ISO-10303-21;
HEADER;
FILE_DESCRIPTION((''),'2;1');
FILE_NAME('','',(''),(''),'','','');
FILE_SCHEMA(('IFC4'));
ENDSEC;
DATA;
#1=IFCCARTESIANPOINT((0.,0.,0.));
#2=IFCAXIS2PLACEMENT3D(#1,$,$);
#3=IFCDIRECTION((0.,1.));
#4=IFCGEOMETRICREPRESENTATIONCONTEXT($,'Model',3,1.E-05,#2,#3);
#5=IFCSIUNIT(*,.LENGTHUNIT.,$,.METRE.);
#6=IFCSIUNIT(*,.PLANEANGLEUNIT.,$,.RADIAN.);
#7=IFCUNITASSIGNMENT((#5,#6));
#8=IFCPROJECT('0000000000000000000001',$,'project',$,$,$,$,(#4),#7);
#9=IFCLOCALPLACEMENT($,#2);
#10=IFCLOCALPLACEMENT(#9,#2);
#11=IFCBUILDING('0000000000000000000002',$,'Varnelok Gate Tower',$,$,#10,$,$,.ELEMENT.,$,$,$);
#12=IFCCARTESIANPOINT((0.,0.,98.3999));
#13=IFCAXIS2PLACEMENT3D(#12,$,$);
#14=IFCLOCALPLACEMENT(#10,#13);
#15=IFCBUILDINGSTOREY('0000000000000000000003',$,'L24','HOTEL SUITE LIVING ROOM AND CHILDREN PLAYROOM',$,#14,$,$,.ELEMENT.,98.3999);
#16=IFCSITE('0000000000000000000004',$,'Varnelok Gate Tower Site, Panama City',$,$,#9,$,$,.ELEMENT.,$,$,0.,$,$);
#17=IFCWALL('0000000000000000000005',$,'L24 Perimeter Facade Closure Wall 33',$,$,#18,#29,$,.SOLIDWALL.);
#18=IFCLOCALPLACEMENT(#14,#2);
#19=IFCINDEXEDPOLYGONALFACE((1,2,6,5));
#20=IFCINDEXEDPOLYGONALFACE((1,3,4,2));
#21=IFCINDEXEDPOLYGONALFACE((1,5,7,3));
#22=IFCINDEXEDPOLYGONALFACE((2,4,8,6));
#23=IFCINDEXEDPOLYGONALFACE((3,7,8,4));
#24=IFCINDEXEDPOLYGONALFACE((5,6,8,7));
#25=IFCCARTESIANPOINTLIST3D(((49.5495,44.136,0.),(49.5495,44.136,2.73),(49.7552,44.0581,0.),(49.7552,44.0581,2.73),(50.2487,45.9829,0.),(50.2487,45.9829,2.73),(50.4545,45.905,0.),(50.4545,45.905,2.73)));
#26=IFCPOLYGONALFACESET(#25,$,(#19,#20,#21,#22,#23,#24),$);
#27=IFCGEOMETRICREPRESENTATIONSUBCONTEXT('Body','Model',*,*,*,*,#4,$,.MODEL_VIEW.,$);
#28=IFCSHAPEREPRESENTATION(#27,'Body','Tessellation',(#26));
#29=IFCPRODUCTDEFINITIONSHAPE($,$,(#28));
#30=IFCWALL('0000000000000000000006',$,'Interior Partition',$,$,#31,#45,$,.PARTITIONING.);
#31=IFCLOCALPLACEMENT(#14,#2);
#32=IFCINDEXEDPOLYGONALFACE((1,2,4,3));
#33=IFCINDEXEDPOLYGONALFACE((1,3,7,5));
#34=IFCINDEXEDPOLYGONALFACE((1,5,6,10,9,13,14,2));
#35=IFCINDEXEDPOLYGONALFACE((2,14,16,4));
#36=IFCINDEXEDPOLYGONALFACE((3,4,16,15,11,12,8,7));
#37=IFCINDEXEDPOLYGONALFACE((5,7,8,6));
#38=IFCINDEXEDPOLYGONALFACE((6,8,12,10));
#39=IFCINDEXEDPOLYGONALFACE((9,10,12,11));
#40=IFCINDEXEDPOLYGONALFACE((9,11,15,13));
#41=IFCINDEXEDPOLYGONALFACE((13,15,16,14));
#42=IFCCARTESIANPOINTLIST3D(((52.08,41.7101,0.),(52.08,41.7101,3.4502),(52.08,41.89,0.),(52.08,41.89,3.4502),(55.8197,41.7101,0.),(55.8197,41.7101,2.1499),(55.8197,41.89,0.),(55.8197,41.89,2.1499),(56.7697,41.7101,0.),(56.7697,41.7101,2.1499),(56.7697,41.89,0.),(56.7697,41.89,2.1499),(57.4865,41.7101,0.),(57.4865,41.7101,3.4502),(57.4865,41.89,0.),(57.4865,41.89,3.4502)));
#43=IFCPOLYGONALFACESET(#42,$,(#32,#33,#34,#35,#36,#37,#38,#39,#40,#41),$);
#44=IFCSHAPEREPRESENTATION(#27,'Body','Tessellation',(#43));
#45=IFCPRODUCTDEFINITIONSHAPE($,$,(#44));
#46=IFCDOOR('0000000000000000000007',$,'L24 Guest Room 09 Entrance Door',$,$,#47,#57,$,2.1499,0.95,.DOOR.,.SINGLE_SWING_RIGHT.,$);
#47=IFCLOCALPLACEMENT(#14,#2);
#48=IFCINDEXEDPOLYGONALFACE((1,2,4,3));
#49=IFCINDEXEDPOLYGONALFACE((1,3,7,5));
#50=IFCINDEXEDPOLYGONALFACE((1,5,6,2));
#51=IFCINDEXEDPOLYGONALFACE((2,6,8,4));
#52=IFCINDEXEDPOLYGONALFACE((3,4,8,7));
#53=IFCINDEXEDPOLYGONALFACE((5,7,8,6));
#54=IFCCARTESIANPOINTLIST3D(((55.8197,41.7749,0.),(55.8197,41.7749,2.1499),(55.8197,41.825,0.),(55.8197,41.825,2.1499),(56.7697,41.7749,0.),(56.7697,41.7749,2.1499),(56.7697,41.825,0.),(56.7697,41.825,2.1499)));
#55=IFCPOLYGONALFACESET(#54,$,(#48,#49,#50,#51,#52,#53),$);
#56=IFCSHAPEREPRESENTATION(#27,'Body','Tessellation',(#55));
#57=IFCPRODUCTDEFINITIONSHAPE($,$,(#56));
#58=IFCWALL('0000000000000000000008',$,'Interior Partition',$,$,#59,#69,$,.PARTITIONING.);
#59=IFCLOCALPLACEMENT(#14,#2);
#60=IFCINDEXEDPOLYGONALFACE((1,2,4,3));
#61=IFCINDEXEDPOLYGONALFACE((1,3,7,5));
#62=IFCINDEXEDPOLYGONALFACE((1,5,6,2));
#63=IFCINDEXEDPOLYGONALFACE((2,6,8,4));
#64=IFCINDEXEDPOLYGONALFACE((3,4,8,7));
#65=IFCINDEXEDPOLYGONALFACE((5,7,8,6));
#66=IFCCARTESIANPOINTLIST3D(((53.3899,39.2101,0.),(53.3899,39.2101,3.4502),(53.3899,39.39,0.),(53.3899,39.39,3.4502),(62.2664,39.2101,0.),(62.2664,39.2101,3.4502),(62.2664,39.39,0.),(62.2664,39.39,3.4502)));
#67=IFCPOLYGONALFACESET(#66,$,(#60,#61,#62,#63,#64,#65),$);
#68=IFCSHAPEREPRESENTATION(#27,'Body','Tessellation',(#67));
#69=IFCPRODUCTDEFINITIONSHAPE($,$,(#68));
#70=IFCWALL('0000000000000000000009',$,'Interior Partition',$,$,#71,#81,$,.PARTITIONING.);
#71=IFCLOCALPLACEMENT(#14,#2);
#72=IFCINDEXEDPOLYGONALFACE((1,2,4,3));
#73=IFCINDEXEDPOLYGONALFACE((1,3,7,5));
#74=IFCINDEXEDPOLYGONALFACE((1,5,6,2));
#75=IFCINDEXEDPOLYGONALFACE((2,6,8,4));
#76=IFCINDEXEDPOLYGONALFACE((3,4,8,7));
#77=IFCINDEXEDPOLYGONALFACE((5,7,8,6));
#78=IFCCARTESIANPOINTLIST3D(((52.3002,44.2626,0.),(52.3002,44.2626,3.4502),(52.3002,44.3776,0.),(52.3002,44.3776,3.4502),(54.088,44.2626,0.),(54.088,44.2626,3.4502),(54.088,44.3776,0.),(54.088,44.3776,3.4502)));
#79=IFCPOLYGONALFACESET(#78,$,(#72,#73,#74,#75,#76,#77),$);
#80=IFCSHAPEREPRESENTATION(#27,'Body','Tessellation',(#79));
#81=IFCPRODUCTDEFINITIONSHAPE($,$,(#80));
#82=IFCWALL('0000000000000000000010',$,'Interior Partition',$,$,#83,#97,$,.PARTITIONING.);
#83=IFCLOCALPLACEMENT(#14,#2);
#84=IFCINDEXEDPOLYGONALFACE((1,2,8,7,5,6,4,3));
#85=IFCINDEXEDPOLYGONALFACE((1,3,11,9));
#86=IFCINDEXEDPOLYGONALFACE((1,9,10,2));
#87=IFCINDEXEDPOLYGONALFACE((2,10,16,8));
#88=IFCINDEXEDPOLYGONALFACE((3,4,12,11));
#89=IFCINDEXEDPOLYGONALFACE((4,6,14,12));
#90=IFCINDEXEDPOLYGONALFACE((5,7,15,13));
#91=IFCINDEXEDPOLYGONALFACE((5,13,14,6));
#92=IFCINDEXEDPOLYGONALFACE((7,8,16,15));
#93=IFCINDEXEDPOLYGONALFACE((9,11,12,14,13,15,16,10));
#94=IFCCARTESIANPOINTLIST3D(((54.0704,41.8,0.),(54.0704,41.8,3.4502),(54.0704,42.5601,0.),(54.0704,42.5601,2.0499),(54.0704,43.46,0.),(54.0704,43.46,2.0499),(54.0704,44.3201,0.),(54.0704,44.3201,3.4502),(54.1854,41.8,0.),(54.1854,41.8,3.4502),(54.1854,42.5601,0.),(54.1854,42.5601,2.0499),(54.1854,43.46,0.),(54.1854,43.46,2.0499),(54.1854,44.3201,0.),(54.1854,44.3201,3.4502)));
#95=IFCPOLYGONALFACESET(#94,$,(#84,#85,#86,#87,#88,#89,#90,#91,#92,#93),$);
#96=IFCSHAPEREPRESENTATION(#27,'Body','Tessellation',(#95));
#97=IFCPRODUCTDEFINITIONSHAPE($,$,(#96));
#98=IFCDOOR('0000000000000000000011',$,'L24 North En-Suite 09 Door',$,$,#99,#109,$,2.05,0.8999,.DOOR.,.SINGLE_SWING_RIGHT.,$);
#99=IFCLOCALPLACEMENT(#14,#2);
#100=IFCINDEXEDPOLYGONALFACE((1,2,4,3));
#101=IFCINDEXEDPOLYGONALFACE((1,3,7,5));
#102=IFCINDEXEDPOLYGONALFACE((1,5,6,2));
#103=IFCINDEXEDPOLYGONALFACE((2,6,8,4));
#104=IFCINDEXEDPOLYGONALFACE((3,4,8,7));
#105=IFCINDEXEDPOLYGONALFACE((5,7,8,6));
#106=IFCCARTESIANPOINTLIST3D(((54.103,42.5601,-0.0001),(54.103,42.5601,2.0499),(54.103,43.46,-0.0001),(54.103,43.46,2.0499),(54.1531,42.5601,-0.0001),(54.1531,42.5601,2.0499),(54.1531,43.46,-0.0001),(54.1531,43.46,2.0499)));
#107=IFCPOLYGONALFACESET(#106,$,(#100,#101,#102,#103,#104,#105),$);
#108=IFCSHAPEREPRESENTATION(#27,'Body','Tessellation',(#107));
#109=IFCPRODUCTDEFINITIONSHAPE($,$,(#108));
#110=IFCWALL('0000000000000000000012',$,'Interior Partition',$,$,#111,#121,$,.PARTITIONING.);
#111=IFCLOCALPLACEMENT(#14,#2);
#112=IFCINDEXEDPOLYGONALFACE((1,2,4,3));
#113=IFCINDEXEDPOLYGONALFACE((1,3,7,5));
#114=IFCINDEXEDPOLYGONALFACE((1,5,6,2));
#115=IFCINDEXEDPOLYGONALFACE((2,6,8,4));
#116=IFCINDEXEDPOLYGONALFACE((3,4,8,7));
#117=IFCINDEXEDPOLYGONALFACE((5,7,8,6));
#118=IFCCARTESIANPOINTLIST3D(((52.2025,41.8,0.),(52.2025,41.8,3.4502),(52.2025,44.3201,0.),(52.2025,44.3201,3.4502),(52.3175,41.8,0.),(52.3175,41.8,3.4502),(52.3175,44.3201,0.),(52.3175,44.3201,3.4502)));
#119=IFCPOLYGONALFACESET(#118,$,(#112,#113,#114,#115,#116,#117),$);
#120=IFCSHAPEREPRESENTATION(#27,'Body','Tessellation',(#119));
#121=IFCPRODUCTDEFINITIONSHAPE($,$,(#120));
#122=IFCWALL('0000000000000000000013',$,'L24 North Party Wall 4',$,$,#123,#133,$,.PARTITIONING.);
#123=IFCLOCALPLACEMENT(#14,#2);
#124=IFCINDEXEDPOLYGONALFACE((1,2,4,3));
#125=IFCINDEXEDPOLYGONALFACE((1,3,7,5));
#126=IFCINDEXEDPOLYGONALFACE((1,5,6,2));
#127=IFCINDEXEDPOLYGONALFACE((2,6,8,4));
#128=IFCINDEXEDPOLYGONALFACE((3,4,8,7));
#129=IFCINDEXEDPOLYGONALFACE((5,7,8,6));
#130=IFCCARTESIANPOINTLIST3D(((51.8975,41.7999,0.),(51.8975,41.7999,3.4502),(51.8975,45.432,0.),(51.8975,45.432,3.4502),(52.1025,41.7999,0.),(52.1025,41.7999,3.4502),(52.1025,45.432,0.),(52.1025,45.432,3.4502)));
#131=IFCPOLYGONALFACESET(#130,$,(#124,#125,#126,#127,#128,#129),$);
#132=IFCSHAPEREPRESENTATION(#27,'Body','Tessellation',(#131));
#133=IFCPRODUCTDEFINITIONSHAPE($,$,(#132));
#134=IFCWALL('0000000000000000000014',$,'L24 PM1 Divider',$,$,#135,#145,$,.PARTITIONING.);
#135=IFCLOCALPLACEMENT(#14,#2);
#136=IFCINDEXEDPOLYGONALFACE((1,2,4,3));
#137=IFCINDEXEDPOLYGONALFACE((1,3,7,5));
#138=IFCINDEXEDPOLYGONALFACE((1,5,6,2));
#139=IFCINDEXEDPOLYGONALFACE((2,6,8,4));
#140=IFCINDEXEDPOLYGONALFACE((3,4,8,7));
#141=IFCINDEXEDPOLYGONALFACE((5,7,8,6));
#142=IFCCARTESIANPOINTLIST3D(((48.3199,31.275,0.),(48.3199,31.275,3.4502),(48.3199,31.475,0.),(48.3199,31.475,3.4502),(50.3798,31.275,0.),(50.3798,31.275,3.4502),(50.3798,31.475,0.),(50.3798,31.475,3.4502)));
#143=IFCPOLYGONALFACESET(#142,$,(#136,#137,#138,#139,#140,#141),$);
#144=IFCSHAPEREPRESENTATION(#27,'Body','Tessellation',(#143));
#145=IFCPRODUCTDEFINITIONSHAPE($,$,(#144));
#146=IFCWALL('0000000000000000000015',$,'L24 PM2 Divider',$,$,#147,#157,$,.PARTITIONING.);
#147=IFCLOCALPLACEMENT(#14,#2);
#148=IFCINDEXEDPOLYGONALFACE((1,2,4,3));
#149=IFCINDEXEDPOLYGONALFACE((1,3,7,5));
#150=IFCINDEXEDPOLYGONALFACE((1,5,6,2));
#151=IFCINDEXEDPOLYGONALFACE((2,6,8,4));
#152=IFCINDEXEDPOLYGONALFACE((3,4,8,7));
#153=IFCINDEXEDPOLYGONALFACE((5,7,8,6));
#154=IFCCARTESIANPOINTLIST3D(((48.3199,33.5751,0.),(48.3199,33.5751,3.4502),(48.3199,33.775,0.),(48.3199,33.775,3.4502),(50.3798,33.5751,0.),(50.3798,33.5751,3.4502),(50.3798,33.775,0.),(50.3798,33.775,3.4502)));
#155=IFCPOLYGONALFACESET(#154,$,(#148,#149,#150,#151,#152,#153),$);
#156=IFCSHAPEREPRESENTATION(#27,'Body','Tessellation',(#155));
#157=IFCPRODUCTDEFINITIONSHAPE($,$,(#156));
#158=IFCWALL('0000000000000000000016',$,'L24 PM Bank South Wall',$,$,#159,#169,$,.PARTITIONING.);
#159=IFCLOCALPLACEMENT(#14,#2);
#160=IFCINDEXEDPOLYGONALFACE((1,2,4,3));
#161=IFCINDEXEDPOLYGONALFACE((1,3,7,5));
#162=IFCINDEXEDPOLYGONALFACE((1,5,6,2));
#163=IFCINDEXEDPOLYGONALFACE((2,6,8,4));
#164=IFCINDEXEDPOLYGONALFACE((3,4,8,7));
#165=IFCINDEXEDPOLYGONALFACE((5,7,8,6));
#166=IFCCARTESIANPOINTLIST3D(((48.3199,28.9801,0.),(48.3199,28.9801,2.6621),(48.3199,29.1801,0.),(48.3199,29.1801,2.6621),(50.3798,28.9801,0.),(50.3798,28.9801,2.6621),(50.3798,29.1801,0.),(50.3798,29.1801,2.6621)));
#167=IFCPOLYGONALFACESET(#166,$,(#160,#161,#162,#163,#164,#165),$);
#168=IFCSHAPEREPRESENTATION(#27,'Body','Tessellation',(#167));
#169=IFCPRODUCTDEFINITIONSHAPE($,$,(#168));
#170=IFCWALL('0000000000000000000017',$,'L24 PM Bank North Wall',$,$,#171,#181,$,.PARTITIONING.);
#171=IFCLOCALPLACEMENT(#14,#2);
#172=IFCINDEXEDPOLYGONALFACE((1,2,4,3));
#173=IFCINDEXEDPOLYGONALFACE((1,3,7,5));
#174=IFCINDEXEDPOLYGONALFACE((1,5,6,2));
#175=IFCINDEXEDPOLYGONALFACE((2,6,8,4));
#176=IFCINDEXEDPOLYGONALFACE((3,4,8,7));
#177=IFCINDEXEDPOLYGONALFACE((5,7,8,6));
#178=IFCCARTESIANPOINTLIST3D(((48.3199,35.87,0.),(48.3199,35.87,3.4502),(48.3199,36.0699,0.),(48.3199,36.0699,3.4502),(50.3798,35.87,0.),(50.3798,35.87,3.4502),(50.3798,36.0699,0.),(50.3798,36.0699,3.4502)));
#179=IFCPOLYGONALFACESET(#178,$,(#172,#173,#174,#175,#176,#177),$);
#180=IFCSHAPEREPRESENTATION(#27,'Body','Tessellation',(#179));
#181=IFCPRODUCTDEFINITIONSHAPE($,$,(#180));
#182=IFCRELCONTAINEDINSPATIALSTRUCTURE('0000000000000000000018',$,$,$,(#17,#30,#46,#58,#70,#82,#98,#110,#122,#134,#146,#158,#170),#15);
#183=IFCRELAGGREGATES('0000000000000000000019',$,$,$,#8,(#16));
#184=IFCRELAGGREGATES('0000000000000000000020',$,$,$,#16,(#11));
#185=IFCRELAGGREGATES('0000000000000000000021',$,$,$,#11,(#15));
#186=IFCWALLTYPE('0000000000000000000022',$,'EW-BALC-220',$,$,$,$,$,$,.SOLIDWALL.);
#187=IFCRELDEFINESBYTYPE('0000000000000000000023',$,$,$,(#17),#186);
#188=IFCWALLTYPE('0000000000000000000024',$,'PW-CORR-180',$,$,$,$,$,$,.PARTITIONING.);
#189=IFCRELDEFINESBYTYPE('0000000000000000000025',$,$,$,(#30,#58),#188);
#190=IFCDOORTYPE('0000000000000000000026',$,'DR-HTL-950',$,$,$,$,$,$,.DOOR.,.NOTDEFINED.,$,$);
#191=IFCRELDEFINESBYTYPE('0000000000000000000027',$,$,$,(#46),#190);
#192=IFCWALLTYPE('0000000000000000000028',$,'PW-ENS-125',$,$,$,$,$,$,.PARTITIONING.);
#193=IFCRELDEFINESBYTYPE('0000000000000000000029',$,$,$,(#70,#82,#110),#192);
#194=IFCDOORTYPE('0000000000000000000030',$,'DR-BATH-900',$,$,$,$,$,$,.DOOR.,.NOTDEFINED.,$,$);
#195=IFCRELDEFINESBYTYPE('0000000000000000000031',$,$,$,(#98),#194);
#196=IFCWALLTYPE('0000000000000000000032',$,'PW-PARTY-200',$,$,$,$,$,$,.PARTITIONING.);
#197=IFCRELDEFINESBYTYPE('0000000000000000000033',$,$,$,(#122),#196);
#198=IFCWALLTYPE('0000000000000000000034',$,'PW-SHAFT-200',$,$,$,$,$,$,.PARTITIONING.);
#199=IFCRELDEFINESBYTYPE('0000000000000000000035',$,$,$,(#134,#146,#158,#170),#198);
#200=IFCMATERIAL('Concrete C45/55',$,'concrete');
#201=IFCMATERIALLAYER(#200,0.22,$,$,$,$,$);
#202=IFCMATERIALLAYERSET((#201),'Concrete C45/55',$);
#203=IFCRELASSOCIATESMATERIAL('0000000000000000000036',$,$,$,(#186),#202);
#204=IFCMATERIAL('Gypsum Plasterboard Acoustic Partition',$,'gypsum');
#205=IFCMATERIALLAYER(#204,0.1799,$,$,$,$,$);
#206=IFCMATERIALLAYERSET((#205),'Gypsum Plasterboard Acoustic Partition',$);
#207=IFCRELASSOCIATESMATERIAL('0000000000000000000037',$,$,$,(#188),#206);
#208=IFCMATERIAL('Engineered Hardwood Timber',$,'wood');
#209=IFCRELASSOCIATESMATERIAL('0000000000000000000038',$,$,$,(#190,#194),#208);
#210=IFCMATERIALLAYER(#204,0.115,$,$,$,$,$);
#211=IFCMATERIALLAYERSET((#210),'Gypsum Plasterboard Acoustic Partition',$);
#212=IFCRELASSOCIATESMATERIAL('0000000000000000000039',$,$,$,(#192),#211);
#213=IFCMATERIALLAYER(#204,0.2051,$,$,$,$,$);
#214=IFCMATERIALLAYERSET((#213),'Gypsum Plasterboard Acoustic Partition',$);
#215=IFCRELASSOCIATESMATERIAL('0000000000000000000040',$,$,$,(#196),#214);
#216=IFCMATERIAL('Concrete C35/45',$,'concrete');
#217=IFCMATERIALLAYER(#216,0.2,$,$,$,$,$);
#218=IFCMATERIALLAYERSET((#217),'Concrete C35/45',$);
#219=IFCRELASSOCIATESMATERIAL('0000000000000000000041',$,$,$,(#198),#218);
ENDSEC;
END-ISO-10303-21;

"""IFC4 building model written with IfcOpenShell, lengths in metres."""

from ifc_helpers import new_model, si_unit, direction, frame, frame_2d, origin, place, context, subcontext, project, spatial, rectangle, extrude, material, layer, layer_set, type_object, element, fill, save


model = new_model("IFC4")

# Units and contexts
model_context = context("Model", 3, precision=1e-05, world=origin(), true_north=direction((0.0, 1.0)))
body_context = subcontext(model_context, "Body", "Model", "MODEL_VIEW")
ifc_project = project(units=[si_unit("LENGTHUNIT", "METRE"), si_unit("PLANEANGLEUNIT", "RADIAN")], contexts=[model_context])

# Site, building, storey
site_placement = place(None, origin())
site = spatial("IfcSite", under=ifc_project, at=site_placement, Name="Varnelok Gate Tower Site, Panama City", CompositionType="ELEMENT", RefElevation=0.0)
building_placement = place(site_placement, origin())
building = spatial("IfcBuilding", under=site, at=building_placement, Name="Varnelok Gate Tower", CompositionType="ELEMENT")
storey_placement = place(building_placement, frame((0.0, 0.0, 98.3999)))
storey = spatial("IfcBuildingStorey", under=building, at=storey_placement, Name="L24", Description="HOTEL SUITE LIVING ROOM AND CHILDREN PLAYROOM", CompositionType="ELEMENT", Elevation=98.3999)

# Wall
ifc_material_1 = material(Name="Concrete C45/55", Category="concrete")
ifc_layer_1 = layer(ifc_material_1, 0.22)
ifc_layer_set_1 = layer_set([ifc_layer_1], Name="Concrete C45/55")
wall_type_1 = type_object("IfcWallType", Name="EW-BALC-220", PredefinedType="SOLIDWALL", material=ifc_layer_set_1)
wall_1_placement = place(storey_placement, frame((50.3516, 45.9438, 0.0), z_axis=(0.0, 0.0, 1.0), x_axis=(-0.354062, -0.935222, 0.0)))
element("IfcWall", 1, at=wall_1_placement, inside=storey, type_object=wall_type_1, Name="L24 Perimeter Facade Closure Wall 33", PredefinedType="SOLIDWALL", context=body_context, shape_type="SweptSolid", body=[
    extrude(rectangle(XDim=1.9749, YDim=0.22, at=frame_2d((0.9873, 0.0))), origin(), (0.0, 0.0, 1.0), 2.73),
])

# Wall, opening, door
ifc_material_2 = material(Name="Gypsum Plasterboard Acoustic Partition", Category="gypsum")
ifc_layer_2 = layer(ifc_material_2, 0.1799)
ifc_layer_set_2 = layer_set([ifc_layer_2], Name="Gypsum Plasterboard Acoustic Partition")
wall_type_2 = type_object("IfcWallType", Name="PW-CORR-180", PredefinedType="PARTITIONING", material=ifc_layer_set_2)
wall_2_placement = place(storey_placement, frame((52.0801, 41.8, 0.0), z_axis=(0.0, 0.0, 1.0), x_axis=(1.0, 0.0, 0.0)))
wall_2 = element("IfcWall", 2, at=wall_2_placement, inside=storey, type_object=wall_type_2, Name="Interior Partition", PredefinedType="PARTITIONING", context=body_context, shape_type="SweptSolid", body=[
    extrude(rectangle(XDim=5.4065, YDim=0.1799, at=frame_2d((2.7031, 0.0))), origin(), (0.0, 0.0, 1.0), 3.4502),
])
opening_1_placement = place(wall_2_placement, frame((3.7395, 0.0, 0.0)))
opening_1 = element("IfcOpeningElement", 3, at=opening_1_placement, cuts=wall_2, PredefinedType="OPENING", context=body_context, shape_type="SweptSolid", body=[
    extrude(rectangle(XDim=0.95, YDim=2.1499, at=frame_2d((0.4751, 1.075))), frame((0.0, 0.0999, 0.0), z_axis=(0.0, -1.0, 0.0), x_axis=(1.0, 0.0, 0.0)), (0.0, 0.0, 1.0), 0.2),
])
ifc_material_3 = material(Name="Engineered Hardwood Timber", Category="wood")
door_type_1 = type_object("IfcDoorType", Name="DR-HTL-950", OperationType="NOTDEFINED", PredefinedType="DOOR", material=ifc_material_3)
door_1_placement = place(opening_1_placement, origin())
door_1 = element("IfcDoor", 4, at=door_1_placement, inside=storey, type_object=door_type_1, Name="L24 Guest Room 09 Entrance Door", OperationType="SINGLE_SWING_RIGHT", OverallHeight=2.1499, OverallWidth=0.95, PredefinedType="DOOR", context=body_context, shape_type="SweptSolid", body=[
    extrude(rectangle(XDim=0.95, YDim=2.1499, at=frame_2d((0.4751, 1.075))), frame((0.0, 0.0249, 0.0), z_axis=(0.0, -1.0, 0.0), x_axis=(1.0, 0.0, 0.0)), (0.0, 0.0, 1.0), 0.05),
])
fill(opening_1, door_1)

# Walls
wall_3_placement = place(storey_placement, frame((53.3899, 39.3, 0.0), z_axis=(0.0, 0.0, 1.0), x_axis=(1.0, 0.0, 0.0)))
element("IfcWall", 5, at=wall_3_placement, inside=storey, type_object=wall_type_2, Name="Interior Partition", PredefinedType="PARTITIONING", context=body_context, shape_type="SweptSolid", body=[
    extrude(rectangle(XDim=8.8765, YDim=0.1799, at=frame_2d((4.4382, 0.0))), origin(), (0.0, 0.0, 1.0), 3.4502),
])
ifc_layer_3 = layer(ifc_material_2, 0.115)
ifc_layer_set_3 = layer_set([ifc_layer_3], Name="Gypsum Plasterboard Acoustic Partition")
wall_type_3 = type_object("IfcWallType", Name="PW-ENS-125", PredefinedType="PARTITIONING", material=ifc_layer_set_3)
wall_4_placement = place(storey_placement, frame((52.3, 44.3201, 0.0), z_axis=(0.0, 0.0, 1.0), x_axis=(1.0, 0.0, 0.0)))
element("IfcWall", 6, at=wall_4_placement, inside=storey, type_object=wall_type_3, Name="Interior Partition", PredefinedType="PARTITIONING", context=body_context, shape_type="SweptSolid", body=[
    extrude(rectangle(XDim=1.7878, YDim=0.115, at=frame_2d((0.894, 0.0))), origin(), (0.0, 0.0, 1.0), 3.4502),
])

# Wall, opening, door
wall_5_placement = place(storey_placement, frame((54.1279, 41.8, 0.0), z_axis=(0.0, 0.0, 1.0), x_axis=(0.0, 1.0, 0.0)))
wall_5 = element("IfcWall", 7, at=wall_5_placement, inside=storey, type_object=wall_type_3, Name="Interior Partition", PredefinedType="PARTITIONING", context=body_context, shape_type="SweptSolid", body=[
    extrude(rectangle(XDim=2.52, YDim=0.115, at=frame_2d((1.26, 0.0))), origin(), (0.0, 0.0, 1.0), 3.4502),
])
opening_2_placement = place(wall_5_placement, frame((0.76, 0.0, 0.0)))
opening_2 = element("IfcOpeningElement", 8, at=opening_2_placement, cuts=wall_5, PredefinedType="OPENING", context=body_context, shape_type="SweptSolid", body=[
    extrude(rectangle(XDim=0.8999, YDim=2.05, at=frame_2d((0.45, 1.0249))), frame((0.0, 0.0674, 0.0), z_axis=(0.0, -1.0, 0.0), x_axis=(1.0, 0.0, 0.0)), (0.0, 0.0, 1.0), 0.135),
])
door_type_2 = type_object("IfcDoorType", Name="DR-BATH-900", OperationType="NOTDEFINED", PredefinedType="DOOR", material=ifc_material_3)
door_2_placement = place(opening_2_placement, origin())
door_2 = element("IfcDoor", 9, at=door_2_placement, inside=storey, type_object=door_type_2, Name="L24 North En-Suite 09 Door", OperationType="SINGLE_SWING_RIGHT", OverallHeight=2.05, OverallWidth=0.8999, PredefinedType="DOOR", context=body_context, shape_type="SweptSolid", body=[
    extrude(rectangle(XDim=0.8999, YDim=2.05, at=frame_2d((0.45, 1.0249))), frame((0.0, 0.0249, 0.0), z_axis=(0.0, -1.0, 0.0), x_axis=(1.0, 0.0, 0.0)), (0.0, 0.0, 1.0), 0.05),
])
fill(opening_2, door_2)

# Walls
wall_6_placement = place(storey_placement, frame((52.26, 41.8, 0.0), z_axis=(0.0, 0.0, 1.0), x_axis=(0.0, 1.0, 0.0)))
element("IfcWall", 10, at=wall_6_placement, inside=storey, type_object=wall_type_3, Name="Interior Partition", PredefinedType="PARTITIONING", context=body_context, shape_type="SweptSolid", body=[
    extrude(rectangle(XDim=2.52, YDim=0.115, at=frame_2d((1.26, 0.0))), origin(), (0.0, 0.0, 1.0), 3.4502),
])
ifc_layer_4 = layer(ifc_material_2, 0.2051)
ifc_layer_set_4 = layer_set([ifc_layer_4], Name="Gypsum Plasterboard Acoustic Partition")
wall_type_4 = type_object("IfcWallType", Name="PW-PARTY-200", PredefinedType="PARTITIONING", material=ifc_layer_set_4)
wall_7_placement = place(storey_placement, frame((52.0, 41.8, 0.0), z_axis=(0.0, 0.0, 1.0), x_axis=(0.0, 1.0, 0.0)))
element("IfcWall", 11, at=wall_7_placement, inside=storey, type_object=wall_type_4, Name="L24 North Party Wall 4", PredefinedType="PARTITIONING", context=body_context, shape_type="SweptSolid", body=[
    extrude(rectangle(XDim=3.6321, YDim=0.2051, at=frame_2d((1.8159, 0.0))), origin(), (0.0, 0.0, 1.0), 3.4502),
])
ifc_material_4 = material(Name="Concrete C35/45", Category="concrete")
ifc_layer_5 = layer(ifc_material_4, 0.2)
ifc_layer_set_5 = layer_set([ifc_layer_5], Name="Concrete C35/45")
wall_type_5 = type_object("IfcWallType", Name="PW-SHAFT-200", PredefinedType="PARTITIONING", material=ifc_layer_set_5)
for number, where, z_axis, x_axis, name in (
    (12, (48.3201, 31.375, 0.0), (0.0, 0.0, 1.0), (1.0, 0.0, 0.0), "L24 PM1 Divider"),
    (13, (48.3201, 33.675, 0.0), (0.0, 0.0, 1.0), (1.0, 0.0, 0.0), "L24 PM2 Divider"),
):
    element("IfcWall", number, at=place(storey_placement, frame(where, z_axis=z_axis, x_axis=x_axis)), inside=storey, type_object=wall_type_5, Name=name, PredefinedType="PARTITIONING", context=body_context, shape_type="SweptSolid", body=[
        extrude(rectangle(XDim=2.0598, YDim=0.2, at=frame_2d((1.0298, 0.0))), origin(), (0.0, 0.0, 1.0), 3.4502),
    ])
wall_8_placement = place(storey_placement, frame((48.3201, 29.0801, 0.0), z_axis=(0.0, 0.0, 1.0), x_axis=(1.0, 0.0, 0.0)))
element("IfcWall", 14, at=wall_8_placement, inside=storey, type_object=wall_type_5, Name="L24 PM Bank South Wall", PredefinedType="PARTITIONING", context=body_context, shape_type="SweptSolid", body=[
    extrude(rectangle(XDim=2.0598, YDim=0.2, at=frame_2d((1.0298, 0.0))), origin(), (0.0, 0.0, 1.0), 2.6621),
])
wall_9_placement = place(storey_placement, frame((48.3201, 35.97, 0.0), z_axis=(0.0, 0.0, 1.0), x_axis=(1.0, 0.0, 0.0)))
element("IfcWall", 15, at=wall_9_placement, inside=storey, type_object=wall_type_5, Name="L24 PM Bank North Wall", PredefinedType="PARTITIONING", context=body_context, shape_type="SweptSolid", body=[
    extrude(rectangle(XDim=2.0598, YDim=0.2, at=frame_2d((1.0298, 0.0))), origin(), (0.0, 0.0, 1.0), 3.4502),
])

save(model, "model.ifc")
